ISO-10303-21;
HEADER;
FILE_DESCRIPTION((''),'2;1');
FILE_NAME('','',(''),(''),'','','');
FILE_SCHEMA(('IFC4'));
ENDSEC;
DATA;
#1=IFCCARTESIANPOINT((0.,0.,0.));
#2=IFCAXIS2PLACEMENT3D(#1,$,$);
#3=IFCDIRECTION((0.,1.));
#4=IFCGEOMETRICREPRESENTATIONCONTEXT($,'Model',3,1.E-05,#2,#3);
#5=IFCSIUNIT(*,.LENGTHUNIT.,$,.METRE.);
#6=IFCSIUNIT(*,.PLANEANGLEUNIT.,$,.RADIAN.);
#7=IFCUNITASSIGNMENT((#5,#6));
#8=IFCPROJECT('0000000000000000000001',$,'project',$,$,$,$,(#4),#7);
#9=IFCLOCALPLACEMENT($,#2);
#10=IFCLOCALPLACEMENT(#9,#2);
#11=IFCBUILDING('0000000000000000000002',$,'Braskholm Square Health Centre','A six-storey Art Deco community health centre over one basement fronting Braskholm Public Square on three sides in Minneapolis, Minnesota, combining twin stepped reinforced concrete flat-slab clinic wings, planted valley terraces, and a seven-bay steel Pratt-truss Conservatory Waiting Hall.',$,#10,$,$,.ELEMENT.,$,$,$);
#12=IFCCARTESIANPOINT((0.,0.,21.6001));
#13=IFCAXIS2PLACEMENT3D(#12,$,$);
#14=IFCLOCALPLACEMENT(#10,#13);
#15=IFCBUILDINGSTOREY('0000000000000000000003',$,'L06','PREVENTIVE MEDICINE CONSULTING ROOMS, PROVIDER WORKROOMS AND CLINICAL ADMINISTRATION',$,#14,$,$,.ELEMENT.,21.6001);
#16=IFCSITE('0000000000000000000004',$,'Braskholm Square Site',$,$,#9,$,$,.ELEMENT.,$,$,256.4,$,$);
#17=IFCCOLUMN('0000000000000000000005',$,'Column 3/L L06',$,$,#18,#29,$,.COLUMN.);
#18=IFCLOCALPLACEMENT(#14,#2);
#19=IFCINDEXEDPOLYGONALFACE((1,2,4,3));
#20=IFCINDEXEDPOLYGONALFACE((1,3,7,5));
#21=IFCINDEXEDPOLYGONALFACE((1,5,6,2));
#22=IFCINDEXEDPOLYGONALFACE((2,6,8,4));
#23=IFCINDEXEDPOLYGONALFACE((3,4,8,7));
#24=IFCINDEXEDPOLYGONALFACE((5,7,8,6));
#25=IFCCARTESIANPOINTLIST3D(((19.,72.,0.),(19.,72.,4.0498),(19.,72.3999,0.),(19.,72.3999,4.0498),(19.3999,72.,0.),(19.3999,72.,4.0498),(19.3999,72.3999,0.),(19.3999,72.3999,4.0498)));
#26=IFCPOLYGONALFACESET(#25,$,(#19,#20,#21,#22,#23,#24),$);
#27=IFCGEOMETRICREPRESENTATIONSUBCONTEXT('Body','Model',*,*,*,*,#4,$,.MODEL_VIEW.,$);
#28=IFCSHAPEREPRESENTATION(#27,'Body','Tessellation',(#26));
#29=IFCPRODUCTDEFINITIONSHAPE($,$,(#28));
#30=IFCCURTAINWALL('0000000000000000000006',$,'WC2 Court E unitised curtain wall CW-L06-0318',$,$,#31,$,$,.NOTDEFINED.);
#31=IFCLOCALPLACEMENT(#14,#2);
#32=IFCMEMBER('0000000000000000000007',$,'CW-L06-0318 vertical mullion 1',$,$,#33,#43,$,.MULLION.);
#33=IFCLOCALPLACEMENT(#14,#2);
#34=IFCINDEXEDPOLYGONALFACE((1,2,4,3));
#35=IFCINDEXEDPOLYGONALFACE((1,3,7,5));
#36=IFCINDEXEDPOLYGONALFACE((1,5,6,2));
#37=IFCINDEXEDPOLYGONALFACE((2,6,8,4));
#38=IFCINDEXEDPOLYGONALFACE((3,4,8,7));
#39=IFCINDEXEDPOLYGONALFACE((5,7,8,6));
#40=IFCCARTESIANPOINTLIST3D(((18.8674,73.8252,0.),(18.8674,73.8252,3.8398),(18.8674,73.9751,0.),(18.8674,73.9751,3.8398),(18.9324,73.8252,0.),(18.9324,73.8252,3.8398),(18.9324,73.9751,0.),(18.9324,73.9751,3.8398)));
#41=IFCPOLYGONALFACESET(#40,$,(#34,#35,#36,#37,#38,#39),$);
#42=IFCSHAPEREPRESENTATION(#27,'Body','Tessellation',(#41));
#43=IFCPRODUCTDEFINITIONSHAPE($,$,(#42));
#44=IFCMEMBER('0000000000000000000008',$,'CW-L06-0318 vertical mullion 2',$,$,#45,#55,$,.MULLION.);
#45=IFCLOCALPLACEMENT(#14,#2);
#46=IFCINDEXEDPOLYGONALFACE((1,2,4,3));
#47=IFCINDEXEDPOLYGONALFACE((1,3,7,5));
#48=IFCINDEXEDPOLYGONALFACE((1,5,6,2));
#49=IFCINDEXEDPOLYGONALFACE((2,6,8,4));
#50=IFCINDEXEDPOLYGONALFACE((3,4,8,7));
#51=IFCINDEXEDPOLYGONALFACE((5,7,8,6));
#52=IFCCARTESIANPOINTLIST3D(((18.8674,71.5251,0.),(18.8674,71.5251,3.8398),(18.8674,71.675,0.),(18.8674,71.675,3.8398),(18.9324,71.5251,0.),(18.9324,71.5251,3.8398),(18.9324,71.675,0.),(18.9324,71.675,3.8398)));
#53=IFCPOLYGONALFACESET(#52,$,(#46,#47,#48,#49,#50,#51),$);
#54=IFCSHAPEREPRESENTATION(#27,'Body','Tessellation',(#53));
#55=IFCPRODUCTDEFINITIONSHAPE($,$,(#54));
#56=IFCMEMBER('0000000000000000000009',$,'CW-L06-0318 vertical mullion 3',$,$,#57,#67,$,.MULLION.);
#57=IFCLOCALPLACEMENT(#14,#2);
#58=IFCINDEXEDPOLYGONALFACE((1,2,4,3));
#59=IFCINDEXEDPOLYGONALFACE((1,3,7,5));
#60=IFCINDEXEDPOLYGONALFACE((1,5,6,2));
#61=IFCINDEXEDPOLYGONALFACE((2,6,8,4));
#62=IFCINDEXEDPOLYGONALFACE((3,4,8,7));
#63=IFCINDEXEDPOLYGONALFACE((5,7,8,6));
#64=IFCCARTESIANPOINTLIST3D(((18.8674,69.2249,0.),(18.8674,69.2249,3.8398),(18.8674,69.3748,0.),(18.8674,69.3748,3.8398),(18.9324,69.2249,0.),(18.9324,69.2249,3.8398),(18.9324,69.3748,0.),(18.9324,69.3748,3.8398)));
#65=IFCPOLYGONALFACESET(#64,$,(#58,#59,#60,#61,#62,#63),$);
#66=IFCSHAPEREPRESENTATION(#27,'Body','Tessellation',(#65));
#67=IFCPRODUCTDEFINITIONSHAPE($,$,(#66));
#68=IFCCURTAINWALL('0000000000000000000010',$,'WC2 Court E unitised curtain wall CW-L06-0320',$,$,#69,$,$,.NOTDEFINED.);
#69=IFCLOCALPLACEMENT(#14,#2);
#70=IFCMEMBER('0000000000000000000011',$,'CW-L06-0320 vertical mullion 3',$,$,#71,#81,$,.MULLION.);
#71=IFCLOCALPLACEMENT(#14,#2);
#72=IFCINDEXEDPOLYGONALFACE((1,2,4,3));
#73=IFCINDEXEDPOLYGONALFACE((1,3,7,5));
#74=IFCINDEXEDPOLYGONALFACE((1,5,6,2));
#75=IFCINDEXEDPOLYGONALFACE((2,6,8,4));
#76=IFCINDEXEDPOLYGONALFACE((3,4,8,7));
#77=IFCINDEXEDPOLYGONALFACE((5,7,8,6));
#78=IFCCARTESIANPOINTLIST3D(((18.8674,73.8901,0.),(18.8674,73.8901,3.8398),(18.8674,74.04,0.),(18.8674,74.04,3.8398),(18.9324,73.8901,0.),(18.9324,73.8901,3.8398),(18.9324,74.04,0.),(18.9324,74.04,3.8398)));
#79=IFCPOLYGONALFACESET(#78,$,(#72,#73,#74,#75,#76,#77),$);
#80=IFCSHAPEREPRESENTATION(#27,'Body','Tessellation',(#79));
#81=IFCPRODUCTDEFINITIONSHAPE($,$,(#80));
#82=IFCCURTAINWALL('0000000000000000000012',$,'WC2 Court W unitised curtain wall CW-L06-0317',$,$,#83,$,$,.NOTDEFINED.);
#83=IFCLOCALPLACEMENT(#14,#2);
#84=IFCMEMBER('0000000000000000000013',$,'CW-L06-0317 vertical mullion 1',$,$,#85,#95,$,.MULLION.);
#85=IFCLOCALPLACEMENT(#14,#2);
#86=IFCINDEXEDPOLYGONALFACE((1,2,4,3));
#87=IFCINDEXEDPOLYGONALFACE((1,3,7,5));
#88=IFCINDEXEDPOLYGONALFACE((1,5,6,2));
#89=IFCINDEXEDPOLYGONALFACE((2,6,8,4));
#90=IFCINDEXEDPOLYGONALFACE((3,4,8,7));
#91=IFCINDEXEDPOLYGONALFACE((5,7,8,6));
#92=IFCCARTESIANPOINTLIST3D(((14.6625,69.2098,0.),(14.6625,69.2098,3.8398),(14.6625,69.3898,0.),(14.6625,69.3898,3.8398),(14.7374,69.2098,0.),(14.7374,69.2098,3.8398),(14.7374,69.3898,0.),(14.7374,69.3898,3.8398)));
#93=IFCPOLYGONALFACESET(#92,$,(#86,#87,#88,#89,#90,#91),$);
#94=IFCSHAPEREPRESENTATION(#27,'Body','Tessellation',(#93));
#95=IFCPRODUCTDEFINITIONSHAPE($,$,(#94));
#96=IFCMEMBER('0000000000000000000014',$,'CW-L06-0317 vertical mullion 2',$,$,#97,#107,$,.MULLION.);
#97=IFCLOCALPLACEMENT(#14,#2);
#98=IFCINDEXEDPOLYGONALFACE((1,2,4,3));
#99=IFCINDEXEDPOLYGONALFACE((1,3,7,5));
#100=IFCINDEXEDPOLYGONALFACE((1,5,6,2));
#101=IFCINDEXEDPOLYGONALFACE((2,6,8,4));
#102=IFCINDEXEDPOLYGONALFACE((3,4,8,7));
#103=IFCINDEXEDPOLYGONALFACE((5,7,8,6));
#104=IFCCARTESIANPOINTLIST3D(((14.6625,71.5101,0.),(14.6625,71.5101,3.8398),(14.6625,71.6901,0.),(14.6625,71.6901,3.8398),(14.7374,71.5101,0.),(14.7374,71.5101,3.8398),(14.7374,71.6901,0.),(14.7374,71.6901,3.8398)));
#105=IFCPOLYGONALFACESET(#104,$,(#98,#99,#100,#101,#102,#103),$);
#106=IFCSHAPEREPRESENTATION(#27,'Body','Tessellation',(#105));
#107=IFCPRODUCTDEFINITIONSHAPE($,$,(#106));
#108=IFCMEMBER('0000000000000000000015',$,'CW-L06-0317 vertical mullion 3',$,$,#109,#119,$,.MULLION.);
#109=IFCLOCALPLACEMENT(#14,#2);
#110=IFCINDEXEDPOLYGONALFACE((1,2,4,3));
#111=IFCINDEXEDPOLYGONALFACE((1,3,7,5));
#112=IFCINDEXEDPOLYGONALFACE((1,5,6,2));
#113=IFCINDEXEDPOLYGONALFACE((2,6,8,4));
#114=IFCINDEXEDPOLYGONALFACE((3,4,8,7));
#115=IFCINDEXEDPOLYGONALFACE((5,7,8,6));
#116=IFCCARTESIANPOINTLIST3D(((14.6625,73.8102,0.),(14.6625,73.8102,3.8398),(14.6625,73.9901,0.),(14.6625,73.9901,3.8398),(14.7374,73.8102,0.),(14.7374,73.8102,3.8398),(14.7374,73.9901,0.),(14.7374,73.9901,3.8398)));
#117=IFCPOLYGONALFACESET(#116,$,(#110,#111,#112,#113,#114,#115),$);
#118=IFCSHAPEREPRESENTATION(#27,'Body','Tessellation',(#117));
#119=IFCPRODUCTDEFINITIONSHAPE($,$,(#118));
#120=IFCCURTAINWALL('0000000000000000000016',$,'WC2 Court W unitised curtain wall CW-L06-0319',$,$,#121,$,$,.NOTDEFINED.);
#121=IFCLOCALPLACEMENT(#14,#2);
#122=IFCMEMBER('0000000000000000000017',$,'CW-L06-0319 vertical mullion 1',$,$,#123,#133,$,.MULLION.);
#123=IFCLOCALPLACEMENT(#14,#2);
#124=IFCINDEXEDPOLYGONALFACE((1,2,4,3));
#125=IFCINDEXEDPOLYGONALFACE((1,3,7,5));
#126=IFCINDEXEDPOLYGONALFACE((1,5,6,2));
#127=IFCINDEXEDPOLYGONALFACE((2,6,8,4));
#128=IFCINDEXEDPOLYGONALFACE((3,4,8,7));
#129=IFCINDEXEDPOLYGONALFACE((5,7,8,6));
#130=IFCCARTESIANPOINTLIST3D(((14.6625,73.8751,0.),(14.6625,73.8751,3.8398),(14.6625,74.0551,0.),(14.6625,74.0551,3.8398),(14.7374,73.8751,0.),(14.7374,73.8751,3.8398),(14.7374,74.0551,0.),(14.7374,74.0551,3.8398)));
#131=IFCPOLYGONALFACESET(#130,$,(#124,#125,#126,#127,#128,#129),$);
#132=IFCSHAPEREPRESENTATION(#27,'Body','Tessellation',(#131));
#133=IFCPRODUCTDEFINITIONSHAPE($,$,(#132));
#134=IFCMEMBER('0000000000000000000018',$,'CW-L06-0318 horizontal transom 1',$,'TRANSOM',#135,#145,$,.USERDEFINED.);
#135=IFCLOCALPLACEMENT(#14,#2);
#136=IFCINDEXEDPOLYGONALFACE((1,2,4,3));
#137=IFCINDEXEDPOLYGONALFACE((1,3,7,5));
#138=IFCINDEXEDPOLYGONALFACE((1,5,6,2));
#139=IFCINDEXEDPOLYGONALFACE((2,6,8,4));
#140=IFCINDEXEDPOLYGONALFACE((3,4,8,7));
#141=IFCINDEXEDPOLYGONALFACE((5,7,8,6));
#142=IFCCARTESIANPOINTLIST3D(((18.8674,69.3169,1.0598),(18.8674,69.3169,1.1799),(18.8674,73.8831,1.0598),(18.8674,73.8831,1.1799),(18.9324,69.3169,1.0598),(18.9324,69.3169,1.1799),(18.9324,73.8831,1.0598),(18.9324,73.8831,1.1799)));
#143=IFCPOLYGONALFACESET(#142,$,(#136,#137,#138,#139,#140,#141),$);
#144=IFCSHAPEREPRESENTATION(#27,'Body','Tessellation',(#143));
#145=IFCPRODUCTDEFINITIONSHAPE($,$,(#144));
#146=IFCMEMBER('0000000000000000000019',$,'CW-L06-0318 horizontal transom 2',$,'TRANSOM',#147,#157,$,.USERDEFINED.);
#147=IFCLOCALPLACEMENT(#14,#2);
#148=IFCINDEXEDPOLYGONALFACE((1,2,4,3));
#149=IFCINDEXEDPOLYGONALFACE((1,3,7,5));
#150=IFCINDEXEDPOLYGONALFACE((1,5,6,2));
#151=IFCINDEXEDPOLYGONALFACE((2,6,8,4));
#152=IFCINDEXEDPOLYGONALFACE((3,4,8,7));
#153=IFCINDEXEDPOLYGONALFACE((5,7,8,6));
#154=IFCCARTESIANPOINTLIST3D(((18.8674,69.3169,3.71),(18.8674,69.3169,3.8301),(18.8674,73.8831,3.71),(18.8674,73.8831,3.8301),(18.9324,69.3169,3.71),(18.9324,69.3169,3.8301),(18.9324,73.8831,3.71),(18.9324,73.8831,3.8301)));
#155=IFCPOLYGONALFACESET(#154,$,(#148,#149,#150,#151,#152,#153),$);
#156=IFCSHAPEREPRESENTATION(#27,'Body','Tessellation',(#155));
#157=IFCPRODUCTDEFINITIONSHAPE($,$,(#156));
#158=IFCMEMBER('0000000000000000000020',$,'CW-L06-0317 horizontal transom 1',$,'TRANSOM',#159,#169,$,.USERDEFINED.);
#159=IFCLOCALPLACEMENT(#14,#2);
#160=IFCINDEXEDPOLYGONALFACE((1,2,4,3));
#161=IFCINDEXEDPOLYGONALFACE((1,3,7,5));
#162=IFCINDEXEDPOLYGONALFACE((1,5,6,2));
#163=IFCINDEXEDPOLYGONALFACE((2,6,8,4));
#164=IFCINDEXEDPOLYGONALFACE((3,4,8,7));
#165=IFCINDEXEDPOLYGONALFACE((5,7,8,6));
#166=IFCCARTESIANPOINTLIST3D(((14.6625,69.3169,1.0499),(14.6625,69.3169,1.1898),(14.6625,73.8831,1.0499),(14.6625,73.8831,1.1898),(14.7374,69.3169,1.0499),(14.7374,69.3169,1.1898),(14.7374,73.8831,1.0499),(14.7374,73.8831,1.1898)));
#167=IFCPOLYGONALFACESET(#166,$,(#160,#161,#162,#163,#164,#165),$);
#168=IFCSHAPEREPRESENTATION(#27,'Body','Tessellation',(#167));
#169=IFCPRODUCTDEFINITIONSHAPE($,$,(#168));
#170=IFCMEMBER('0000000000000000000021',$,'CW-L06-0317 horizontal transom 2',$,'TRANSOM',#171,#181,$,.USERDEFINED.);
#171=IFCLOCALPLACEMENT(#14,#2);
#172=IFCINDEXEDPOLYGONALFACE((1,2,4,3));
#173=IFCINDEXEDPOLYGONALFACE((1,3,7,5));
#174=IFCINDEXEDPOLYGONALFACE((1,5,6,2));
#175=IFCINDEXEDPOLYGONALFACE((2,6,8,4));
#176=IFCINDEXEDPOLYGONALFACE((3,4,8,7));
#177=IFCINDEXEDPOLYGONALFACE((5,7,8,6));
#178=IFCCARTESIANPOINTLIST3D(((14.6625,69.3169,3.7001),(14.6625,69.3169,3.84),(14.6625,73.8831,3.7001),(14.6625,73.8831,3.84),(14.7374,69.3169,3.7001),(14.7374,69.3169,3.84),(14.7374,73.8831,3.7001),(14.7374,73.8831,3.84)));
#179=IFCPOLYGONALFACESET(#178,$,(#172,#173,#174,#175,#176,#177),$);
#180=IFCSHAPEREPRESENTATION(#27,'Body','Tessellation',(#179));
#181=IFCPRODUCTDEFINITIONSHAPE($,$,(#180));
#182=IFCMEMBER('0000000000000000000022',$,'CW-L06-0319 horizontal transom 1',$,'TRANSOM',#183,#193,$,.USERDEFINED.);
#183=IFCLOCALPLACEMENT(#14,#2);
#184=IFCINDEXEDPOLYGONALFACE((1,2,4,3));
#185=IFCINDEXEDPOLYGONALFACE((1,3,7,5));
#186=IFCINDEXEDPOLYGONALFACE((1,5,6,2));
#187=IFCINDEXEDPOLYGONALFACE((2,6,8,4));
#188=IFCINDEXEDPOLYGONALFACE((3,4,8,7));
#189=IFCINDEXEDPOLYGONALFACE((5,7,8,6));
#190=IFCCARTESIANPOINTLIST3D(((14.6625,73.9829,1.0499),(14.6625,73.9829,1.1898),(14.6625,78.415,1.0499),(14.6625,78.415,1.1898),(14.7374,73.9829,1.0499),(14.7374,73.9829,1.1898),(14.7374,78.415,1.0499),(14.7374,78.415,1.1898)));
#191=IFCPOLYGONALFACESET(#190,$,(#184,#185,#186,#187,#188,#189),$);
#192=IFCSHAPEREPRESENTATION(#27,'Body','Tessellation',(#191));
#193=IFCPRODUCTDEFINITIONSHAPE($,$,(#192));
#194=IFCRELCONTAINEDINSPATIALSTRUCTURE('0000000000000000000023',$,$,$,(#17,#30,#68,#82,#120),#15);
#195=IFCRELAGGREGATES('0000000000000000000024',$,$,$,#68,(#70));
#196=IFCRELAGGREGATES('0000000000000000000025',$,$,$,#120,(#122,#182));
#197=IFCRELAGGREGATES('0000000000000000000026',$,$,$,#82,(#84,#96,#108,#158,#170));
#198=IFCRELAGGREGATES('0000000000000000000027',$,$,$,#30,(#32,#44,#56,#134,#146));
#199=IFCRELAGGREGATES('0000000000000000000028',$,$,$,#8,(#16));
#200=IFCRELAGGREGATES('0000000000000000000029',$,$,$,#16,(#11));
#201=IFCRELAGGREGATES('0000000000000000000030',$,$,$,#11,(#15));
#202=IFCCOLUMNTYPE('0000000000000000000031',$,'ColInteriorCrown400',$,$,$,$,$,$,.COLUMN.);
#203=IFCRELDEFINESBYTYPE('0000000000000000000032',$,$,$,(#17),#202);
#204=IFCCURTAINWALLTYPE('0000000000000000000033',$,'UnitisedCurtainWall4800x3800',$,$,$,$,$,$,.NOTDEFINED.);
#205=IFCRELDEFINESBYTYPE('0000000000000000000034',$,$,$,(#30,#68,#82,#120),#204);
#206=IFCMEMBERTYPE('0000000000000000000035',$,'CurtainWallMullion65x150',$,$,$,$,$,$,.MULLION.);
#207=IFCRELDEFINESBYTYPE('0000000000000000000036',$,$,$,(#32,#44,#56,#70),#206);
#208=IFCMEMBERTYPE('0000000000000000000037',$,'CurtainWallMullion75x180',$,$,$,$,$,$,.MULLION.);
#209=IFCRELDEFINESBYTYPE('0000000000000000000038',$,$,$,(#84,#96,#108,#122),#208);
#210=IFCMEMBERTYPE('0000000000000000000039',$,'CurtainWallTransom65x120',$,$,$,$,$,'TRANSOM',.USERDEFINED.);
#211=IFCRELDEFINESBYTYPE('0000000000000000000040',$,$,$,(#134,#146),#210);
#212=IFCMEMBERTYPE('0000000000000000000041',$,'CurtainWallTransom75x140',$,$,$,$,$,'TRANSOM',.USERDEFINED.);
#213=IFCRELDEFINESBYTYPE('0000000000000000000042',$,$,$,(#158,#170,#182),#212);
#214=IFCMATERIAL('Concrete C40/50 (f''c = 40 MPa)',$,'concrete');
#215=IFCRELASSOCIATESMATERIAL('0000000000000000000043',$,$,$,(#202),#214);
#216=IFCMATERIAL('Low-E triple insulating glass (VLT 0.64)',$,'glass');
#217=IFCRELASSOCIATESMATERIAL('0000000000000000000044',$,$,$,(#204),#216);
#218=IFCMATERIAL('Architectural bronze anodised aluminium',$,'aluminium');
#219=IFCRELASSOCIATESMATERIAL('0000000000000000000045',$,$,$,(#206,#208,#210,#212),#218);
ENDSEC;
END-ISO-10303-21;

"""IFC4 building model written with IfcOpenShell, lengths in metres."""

from ifc_helpers import new_model, si_unit, direction, frame, origin, origin_2d, place, context, subcontext, project, spatial, rectangle, extrude, material, material_profile, profile_set, type_object, element, aggregate, save


model = new_model("IFC4")

# Units and contexts
model_context = context("Model", 3, precision=1e-05, world=origin(), true_north=direction((0.0, 1.0)))
body_context = subcontext(model_context, "Body", "Model", "MODEL_VIEW")
ifc_project = project(units=[si_unit("LENGTHUNIT", "METRE"), si_unit("PLANEANGLEUNIT", "RADIAN")], contexts=[model_context])

# Site, building, storey
site_placement = place(None, origin())
site = spatial("IfcSite", under=ifc_project, at=site_placement, Name="Braskholm Square Site", CompositionType="ELEMENT", RefElevation=256.4)
building_placement = place(site_placement, origin())
building = spatial("IfcBuilding", under=site, at=building_placement, Name="Braskholm Square Health Centre", Description="A six-storey Art Deco community health centre over one basement fronting Braskholm Public Square on three sides in Minneapolis, Minnesota, combining twin stepped reinforced concrete flat-slab clinic wings, planted valley terraces, and a seven-bay steel Pratt-truss Conservatory Waiting Hall.", CompositionType="ELEMENT")
storey_placement = place(building_placement, frame((0.0, 0.0, 21.6001)))
storey = spatial("IfcBuildingStorey", under=building, at=storey_placement, Name="L06", Description="PREVENTIVE MEDICINE CONSULTING ROOMS, PROVIDER WORKROOMS AND CLINICAL ADMINISTRATION", CompositionType="ELEMENT", Elevation=21.6001)

# Column
ifc_material_1 = material(Name="Concrete C40/50 (f'c = 40 MPa)", Category="concrete")
ifc_material_profile_1 = material_profile(ifc_material_1, rectangle(XDim=0.3999, YDim=0.3999, at=origin_2d()), Name="RC-400X400")
ifc_profile_set_1 = profile_set([ifc_material_profile_1], Name="Concrete C40/50 (f'c = 40 MPa)")
column_type = type_object("IfcColumnType", Name="ColInteriorCrown400", PredefinedType="COLUMN", material=ifc_profile_set_1)
column_placement = place(storey_placement, frame((19.2, 72.2, 0.0), z_axis=(0.0, 0.0, 1.0), x_axis=(1.0, 0.0, 0.0)))
element("IfcColumn", 1, at=column_placement, inside=storey, type_object=column_type, Name="Column 3/L L06", PredefinedType="COLUMN", context=body_context, shape_type="SweptSolid", body=[
    extrude(rectangle(XDim=0.3999, YDim=0.3999, at=origin_2d()), origin(), (0.0, 0.0, 1.0), 4.0498),
])

# Curtain wall, members
ifc_material_2 = material(Name="Low-E triple insulating glass (VLT 0.64)", Category="glass")
curtain_wall_type = type_object("IfcCurtainWallType", Name="UnitisedCurtainWall4800x3800", PredefinedType="NOTDEFINED", material=ifc_material_2)
curtain_wall_1_placement = place(storey_placement, origin())
curtain_wall_1 = element("IfcCurtainWall", 2, at=curtain_wall_1_placement, inside=storey, type_object=curtain_wall_type, Name="WC2 Court E unitised curtain wall CW-L06-0318", PredefinedType="NOTDEFINED")
ifc_material_3 = material(Name="Architectural bronze anodised aluminium", Category="aluminium")
ifc_material_profile_2 = material_profile(ifc_material_3, rectangle(XDim=0.0649, YDim=0.1499, at=origin_2d()), Name="ALU-65X150")
ifc_profile_set_2 = profile_set([ifc_material_profile_2], Name="Architectural bronze anodised aluminium")
member_type_1 = type_object("IfcMemberType", Name="CurtainWallMullion65x150", PredefinedType="MULLION", material=ifc_profile_set_2)
member_1_placement = place(storey_placement, frame((18.8999, 73.9001, 0.0), z_axis=(0.0, 0.0, 1.0), x_axis=(1.0, 0.0, 0.0)))
member_1 = element("IfcMember", 3, at=member_1_placement, type_object=member_type_1, Name="CW-L06-0318 vertical mullion 1", PredefinedType="MULLION", context=body_context, shape_type="SweptSolid", body=[
    extrude(rectangle(XDim=0.0649, YDim=0.1499, at=origin_2d()), origin(), (0.0, 0.0, 1.0), 3.8398),
])
member_2_placement = place(storey_placement, frame((18.8999, 71.6001, 0.0), z_axis=(0.0, 0.0, 1.0), x_axis=(1.0, 0.0, 0.0)))
member_2 = element("IfcMember", 4, at=member_2_placement, type_object=member_type_1, Name="CW-L06-0318 vertical mullion 2", PredefinedType="MULLION", context=body_context, shape_type="SweptSolid", body=[
    extrude(rectangle(XDim=0.0649, YDim=0.1499, at=origin_2d()), origin(), (0.0, 0.0, 1.0), 3.8398),
])
member_3_placement = place(storey_placement, frame((18.8999, 69.2998, 0.0), z_axis=(0.0, 0.0, 1.0), x_axis=(1.0, 0.0, 0.0)))
member_3 = element("IfcMember", 5, at=member_3_placement, type_object=member_type_1, Name="CW-L06-0318 vertical mullion 3", PredefinedType="MULLION", context=body_context, shape_type="SweptSolid", body=[
    extrude(rectangle(XDim=0.0649, YDim=0.1499, at=origin_2d()), origin(), (0.0, 0.0, 1.0), 3.8398),
])

# Curtain wall, member
curtain_wall_2_placement = place(storey_placement, origin())
curtain_wall_2 = element("IfcCurtainWall", 6, at=curtain_wall_2_placement, inside=storey, type_object=curtain_wall_type, Name="WC2 Court E unitised curtain wall CW-L06-0320", PredefinedType="NOTDEFINED")
member_4_placement = place(storey_placement, frame((18.8999, 73.9651, 0.0), z_axis=(0.0, 0.0, 1.0), x_axis=(1.0, 0.0, 0.0)))
member_4 = element("IfcMember", 7, at=member_4_placement, type_object=member_type_1, Name="CW-L06-0320 vertical mullion 3", PredefinedType="MULLION", context=body_context, shape_type="SweptSolid", body=[
    extrude(rectangle(XDim=0.0649, YDim=0.1499, at=origin_2d()), origin(), (0.0, 0.0, 1.0), 3.8398),
])
aggregate(curtain_wall_2, [member_4])

# Curtain wall, members
curtain_wall_3_placement = place(storey_placement, origin())
curtain_wall_3 = element("IfcCurtainWall", 8, at=curtain_wall_3_placement, inside=storey, type_object=curtain_wall_type, Name="WC2 Court W unitised curtain wall CW-L06-0317", PredefinedType="NOTDEFINED")
ifc_material_profile_3 = material_profile(ifc_material_3, rectangle(XDim=0.075, YDim=0.1799, at=origin_2d()), Name="ALU-75X180")
ifc_profile_set_3 = profile_set([ifc_material_profile_3], Name="Architectural bronze anodised aluminium")
member_type_2 = type_object("IfcMemberType", Name="CurtainWallMullion75x180", PredefinedType="MULLION", material=ifc_profile_set_3)
member_5_placement = place(storey_placement, frame((14.7, 69.2998, 0.0), z_axis=(0.0, 0.0, 1.0), x_axis=(1.0, 0.0, 0.0)))
member_5 = element("IfcMember", 9, at=member_5_placement, type_object=member_type_2, Name="CW-L06-0317 vertical mullion 1", PredefinedType="MULLION", context=body_context, shape_type="SweptSolid", body=[
    extrude(rectangle(XDim=0.075, YDim=0.1799, at=origin_2d()), origin(), (0.0, 0.0, 1.0), 3.8398),
])
member_6_placement = place(storey_placement, frame((14.7, 71.6001, 0.0), z_axis=(0.0, 0.0, 1.0), x_axis=(1.0, 0.0, 0.0)))
member_6 = element("IfcMember", 10, at=member_6_placement, type_object=member_type_2, Name="CW-L06-0317 vertical mullion 2", PredefinedType="MULLION", context=body_context, shape_type="SweptSolid", body=[
    extrude(rectangle(XDim=0.075, YDim=0.1799, at=origin_2d()), origin(), (0.0, 0.0, 1.0), 3.8398),
])
member_7_placement = place(storey_placement, frame((14.7, 73.9001, 0.0), z_axis=(0.0, 0.0, 1.0), x_axis=(1.0, 0.0, 0.0)))
member_7 = element("IfcMember", 11, at=member_7_placement, type_object=member_type_2, Name="CW-L06-0317 vertical mullion 3", PredefinedType="MULLION", context=body_context, shape_type="SweptSolid", body=[
    extrude(rectangle(XDim=0.075, YDim=0.1799, at=origin_2d()), origin(), (0.0, 0.0, 1.0), 3.8398),
])

# Curtain wall, member
curtain_wall_4_placement = place(storey_placement, origin())
curtain_wall_4 = element("IfcCurtainWall", 12, at=curtain_wall_4_placement, inside=storey, type_object=curtain_wall_type, Name="WC2 Court W unitised curtain wall CW-L06-0319", PredefinedType="NOTDEFINED")
member_8_placement = place(storey_placement, frame((14.7, 73.9651, 0.0), z_axis=(0.0, 0.0, 1.0), x_axis=(1.0, 0.0, 0.0)))
member_8 = element("IfcMember", 13, at=member_8_placement, type_object=member_type_2, Name="CW-L06-0319 vertical mullion 1", PredefinedType="MULLION", context=body_context, shape_type="SweptSolid", body=[
    extrude(rectangle(XDim=0.075, YDim=0.1799, at=origin_2d()), origin(), (0.0, 0.0, 1.0), 3.8398),
])

# Members
ifc_material_profile_4 = material_profile(ifc_material_3, rectangle(XDim=0.0649, YDim=0.1201, at=origin_2d()), Name="ALU-65X120")
ifc_profile_set_4 = profile_set([ifc_material_profile_4], Name="Architectural bronze anodised aluminium")
member_type_3 = type_object("IfcMemberType", Name="CurtainWallTransom65x120", ElementType="TRANSOM", PredefinedType="USERDEFINED", material=ifc_profile_set_4)
member_9_placement = place(storey_placement, frame((18.8999, 73.8831, 1.1199), z_axis=(0.0, -1.0, 0.0), x_axis=(1.0, 0.0, 0.0)))
member_9 = element("IfcMember", 14, at=member_9_placement, type_object=member_type_3, Name="CW-L06-0318 horizontal transom 1", ObjectType="TRANSOM", PredefinedType="USERDEFINED", context=body_context, shape_type="SweptSolid", body=[
    extrude(rectangle(XDim=0.0649, YDim=0.1201, at=origin_2d()), origin(), (0.0, 0.0, 1.0), 4.5662),
])
member_10_placement = place(storey_placement, frame((18.8999, 73.8831, 3.77), z_axis=(0.0, -1.0, 0.0), x_axis=(1.0, 0.0, 0.0)))
member_10 = element("IfcMember", 15, at=member_10_placement, type_object=member_type_3, Name="CW-L06-0318 horizontal transom 2", ObjectType="TRANSOM", PredefinedType="USERDEFINED", context=body_context, shape_type="SweptSolid", body=[
    extrude(rectangle(XDim=0.0649, YDim=0.1201, at=origin_2d()), origin(), (0.0, 0.0, 1.0), 4.5662),
])
ifc_material_profile_5 = material_profile(ifc_material_3, rectangle(XDim=0.075, YDim=0.1399, at=origin_2d()), Name="ALU-75X140")
ifc_profile_set_5 = profile_set([ifc_material_profile_5], Name="Architectural bronze anodised aluminium")
member_type_4 = type_object("IfcMemberType", Name="CurtainWallTransom75x140", ElementType="TRANSOM", PredefinedType="USERDEFINED", material=ifc_profile_set_5)
member_11_placement = place(storey_placement, frame((14.7, 69.3169, 1.1199), z_axis=(0.0, 1.0, 0.0), x_axis=(-1.0, 0.0, 0.0)))
member_11 = element("IfcMember", 16, at=member_11_placement, type_object=member_type_4, Name="CW-L06-0317 horizontal transom 1", ObjectType="TRANSOM", PredefinedType="USERDEFINED", context=body_context, shape_type="SweptSolid", body=[
    extrude(rectangle(XDim=0.075, YDim=0.1399, at=origin_2d()), origin(), (0.0, 0.0, 1.0), 4.5662),
])
member_12_placement = place(storey_placement, frame((14.7, 69.3169, 3.77), z_axis=(0.0, 1.0, 0.0), x_axis=(-1.0, 0.0, 0.0)))
member_12 = element("IfcMember", 17, at=member_12_placement, type_object=member_type_4, Name="CW-L06-0317 horizontal transom 2", ObjectType="TRANSOM", PredefinedType="USERDEFINED", context=body_context, shape_type="SweptSolid", body=[
    extrude(rectangle(XDim=0.075, YDim=0.1399, at=origin_2d()), origin(), (0.0, 0.0, 1.0), 4.5662),
])
member_13_placement = place(storey_placement, frame((14.7, 73.9829, 1.1199), z_axis=(0.0, 1.0, 0.0), x_axis=(-1.0, 0.0, 0.0)))
member_13 = element("IfcMember", 18, at=member_13_placement, type_object=member_type_4, Name="CW-L06-0319 horizontal transom 1", ObjectType="TRANSOM", PredefinedType="USERDEFINED", context=body_context, shape_type="SweptSolid", body=[
    extrude(rectangle(XDim=0.075, YDim=0.1399, at=origin_2d()), origin(), (0.0, 0.0, 1.0), 4.4321),
])
aggregate(curtain_wall_4, [member_8, member_13])

aggregate(curtain_wall_3, [member_5, member_6, member_7, member_11, member_12])
aggregate(curtain_wall_1, [member_1, member_2, member_3, member_9, member_10])

save(model, "model.ifc")
